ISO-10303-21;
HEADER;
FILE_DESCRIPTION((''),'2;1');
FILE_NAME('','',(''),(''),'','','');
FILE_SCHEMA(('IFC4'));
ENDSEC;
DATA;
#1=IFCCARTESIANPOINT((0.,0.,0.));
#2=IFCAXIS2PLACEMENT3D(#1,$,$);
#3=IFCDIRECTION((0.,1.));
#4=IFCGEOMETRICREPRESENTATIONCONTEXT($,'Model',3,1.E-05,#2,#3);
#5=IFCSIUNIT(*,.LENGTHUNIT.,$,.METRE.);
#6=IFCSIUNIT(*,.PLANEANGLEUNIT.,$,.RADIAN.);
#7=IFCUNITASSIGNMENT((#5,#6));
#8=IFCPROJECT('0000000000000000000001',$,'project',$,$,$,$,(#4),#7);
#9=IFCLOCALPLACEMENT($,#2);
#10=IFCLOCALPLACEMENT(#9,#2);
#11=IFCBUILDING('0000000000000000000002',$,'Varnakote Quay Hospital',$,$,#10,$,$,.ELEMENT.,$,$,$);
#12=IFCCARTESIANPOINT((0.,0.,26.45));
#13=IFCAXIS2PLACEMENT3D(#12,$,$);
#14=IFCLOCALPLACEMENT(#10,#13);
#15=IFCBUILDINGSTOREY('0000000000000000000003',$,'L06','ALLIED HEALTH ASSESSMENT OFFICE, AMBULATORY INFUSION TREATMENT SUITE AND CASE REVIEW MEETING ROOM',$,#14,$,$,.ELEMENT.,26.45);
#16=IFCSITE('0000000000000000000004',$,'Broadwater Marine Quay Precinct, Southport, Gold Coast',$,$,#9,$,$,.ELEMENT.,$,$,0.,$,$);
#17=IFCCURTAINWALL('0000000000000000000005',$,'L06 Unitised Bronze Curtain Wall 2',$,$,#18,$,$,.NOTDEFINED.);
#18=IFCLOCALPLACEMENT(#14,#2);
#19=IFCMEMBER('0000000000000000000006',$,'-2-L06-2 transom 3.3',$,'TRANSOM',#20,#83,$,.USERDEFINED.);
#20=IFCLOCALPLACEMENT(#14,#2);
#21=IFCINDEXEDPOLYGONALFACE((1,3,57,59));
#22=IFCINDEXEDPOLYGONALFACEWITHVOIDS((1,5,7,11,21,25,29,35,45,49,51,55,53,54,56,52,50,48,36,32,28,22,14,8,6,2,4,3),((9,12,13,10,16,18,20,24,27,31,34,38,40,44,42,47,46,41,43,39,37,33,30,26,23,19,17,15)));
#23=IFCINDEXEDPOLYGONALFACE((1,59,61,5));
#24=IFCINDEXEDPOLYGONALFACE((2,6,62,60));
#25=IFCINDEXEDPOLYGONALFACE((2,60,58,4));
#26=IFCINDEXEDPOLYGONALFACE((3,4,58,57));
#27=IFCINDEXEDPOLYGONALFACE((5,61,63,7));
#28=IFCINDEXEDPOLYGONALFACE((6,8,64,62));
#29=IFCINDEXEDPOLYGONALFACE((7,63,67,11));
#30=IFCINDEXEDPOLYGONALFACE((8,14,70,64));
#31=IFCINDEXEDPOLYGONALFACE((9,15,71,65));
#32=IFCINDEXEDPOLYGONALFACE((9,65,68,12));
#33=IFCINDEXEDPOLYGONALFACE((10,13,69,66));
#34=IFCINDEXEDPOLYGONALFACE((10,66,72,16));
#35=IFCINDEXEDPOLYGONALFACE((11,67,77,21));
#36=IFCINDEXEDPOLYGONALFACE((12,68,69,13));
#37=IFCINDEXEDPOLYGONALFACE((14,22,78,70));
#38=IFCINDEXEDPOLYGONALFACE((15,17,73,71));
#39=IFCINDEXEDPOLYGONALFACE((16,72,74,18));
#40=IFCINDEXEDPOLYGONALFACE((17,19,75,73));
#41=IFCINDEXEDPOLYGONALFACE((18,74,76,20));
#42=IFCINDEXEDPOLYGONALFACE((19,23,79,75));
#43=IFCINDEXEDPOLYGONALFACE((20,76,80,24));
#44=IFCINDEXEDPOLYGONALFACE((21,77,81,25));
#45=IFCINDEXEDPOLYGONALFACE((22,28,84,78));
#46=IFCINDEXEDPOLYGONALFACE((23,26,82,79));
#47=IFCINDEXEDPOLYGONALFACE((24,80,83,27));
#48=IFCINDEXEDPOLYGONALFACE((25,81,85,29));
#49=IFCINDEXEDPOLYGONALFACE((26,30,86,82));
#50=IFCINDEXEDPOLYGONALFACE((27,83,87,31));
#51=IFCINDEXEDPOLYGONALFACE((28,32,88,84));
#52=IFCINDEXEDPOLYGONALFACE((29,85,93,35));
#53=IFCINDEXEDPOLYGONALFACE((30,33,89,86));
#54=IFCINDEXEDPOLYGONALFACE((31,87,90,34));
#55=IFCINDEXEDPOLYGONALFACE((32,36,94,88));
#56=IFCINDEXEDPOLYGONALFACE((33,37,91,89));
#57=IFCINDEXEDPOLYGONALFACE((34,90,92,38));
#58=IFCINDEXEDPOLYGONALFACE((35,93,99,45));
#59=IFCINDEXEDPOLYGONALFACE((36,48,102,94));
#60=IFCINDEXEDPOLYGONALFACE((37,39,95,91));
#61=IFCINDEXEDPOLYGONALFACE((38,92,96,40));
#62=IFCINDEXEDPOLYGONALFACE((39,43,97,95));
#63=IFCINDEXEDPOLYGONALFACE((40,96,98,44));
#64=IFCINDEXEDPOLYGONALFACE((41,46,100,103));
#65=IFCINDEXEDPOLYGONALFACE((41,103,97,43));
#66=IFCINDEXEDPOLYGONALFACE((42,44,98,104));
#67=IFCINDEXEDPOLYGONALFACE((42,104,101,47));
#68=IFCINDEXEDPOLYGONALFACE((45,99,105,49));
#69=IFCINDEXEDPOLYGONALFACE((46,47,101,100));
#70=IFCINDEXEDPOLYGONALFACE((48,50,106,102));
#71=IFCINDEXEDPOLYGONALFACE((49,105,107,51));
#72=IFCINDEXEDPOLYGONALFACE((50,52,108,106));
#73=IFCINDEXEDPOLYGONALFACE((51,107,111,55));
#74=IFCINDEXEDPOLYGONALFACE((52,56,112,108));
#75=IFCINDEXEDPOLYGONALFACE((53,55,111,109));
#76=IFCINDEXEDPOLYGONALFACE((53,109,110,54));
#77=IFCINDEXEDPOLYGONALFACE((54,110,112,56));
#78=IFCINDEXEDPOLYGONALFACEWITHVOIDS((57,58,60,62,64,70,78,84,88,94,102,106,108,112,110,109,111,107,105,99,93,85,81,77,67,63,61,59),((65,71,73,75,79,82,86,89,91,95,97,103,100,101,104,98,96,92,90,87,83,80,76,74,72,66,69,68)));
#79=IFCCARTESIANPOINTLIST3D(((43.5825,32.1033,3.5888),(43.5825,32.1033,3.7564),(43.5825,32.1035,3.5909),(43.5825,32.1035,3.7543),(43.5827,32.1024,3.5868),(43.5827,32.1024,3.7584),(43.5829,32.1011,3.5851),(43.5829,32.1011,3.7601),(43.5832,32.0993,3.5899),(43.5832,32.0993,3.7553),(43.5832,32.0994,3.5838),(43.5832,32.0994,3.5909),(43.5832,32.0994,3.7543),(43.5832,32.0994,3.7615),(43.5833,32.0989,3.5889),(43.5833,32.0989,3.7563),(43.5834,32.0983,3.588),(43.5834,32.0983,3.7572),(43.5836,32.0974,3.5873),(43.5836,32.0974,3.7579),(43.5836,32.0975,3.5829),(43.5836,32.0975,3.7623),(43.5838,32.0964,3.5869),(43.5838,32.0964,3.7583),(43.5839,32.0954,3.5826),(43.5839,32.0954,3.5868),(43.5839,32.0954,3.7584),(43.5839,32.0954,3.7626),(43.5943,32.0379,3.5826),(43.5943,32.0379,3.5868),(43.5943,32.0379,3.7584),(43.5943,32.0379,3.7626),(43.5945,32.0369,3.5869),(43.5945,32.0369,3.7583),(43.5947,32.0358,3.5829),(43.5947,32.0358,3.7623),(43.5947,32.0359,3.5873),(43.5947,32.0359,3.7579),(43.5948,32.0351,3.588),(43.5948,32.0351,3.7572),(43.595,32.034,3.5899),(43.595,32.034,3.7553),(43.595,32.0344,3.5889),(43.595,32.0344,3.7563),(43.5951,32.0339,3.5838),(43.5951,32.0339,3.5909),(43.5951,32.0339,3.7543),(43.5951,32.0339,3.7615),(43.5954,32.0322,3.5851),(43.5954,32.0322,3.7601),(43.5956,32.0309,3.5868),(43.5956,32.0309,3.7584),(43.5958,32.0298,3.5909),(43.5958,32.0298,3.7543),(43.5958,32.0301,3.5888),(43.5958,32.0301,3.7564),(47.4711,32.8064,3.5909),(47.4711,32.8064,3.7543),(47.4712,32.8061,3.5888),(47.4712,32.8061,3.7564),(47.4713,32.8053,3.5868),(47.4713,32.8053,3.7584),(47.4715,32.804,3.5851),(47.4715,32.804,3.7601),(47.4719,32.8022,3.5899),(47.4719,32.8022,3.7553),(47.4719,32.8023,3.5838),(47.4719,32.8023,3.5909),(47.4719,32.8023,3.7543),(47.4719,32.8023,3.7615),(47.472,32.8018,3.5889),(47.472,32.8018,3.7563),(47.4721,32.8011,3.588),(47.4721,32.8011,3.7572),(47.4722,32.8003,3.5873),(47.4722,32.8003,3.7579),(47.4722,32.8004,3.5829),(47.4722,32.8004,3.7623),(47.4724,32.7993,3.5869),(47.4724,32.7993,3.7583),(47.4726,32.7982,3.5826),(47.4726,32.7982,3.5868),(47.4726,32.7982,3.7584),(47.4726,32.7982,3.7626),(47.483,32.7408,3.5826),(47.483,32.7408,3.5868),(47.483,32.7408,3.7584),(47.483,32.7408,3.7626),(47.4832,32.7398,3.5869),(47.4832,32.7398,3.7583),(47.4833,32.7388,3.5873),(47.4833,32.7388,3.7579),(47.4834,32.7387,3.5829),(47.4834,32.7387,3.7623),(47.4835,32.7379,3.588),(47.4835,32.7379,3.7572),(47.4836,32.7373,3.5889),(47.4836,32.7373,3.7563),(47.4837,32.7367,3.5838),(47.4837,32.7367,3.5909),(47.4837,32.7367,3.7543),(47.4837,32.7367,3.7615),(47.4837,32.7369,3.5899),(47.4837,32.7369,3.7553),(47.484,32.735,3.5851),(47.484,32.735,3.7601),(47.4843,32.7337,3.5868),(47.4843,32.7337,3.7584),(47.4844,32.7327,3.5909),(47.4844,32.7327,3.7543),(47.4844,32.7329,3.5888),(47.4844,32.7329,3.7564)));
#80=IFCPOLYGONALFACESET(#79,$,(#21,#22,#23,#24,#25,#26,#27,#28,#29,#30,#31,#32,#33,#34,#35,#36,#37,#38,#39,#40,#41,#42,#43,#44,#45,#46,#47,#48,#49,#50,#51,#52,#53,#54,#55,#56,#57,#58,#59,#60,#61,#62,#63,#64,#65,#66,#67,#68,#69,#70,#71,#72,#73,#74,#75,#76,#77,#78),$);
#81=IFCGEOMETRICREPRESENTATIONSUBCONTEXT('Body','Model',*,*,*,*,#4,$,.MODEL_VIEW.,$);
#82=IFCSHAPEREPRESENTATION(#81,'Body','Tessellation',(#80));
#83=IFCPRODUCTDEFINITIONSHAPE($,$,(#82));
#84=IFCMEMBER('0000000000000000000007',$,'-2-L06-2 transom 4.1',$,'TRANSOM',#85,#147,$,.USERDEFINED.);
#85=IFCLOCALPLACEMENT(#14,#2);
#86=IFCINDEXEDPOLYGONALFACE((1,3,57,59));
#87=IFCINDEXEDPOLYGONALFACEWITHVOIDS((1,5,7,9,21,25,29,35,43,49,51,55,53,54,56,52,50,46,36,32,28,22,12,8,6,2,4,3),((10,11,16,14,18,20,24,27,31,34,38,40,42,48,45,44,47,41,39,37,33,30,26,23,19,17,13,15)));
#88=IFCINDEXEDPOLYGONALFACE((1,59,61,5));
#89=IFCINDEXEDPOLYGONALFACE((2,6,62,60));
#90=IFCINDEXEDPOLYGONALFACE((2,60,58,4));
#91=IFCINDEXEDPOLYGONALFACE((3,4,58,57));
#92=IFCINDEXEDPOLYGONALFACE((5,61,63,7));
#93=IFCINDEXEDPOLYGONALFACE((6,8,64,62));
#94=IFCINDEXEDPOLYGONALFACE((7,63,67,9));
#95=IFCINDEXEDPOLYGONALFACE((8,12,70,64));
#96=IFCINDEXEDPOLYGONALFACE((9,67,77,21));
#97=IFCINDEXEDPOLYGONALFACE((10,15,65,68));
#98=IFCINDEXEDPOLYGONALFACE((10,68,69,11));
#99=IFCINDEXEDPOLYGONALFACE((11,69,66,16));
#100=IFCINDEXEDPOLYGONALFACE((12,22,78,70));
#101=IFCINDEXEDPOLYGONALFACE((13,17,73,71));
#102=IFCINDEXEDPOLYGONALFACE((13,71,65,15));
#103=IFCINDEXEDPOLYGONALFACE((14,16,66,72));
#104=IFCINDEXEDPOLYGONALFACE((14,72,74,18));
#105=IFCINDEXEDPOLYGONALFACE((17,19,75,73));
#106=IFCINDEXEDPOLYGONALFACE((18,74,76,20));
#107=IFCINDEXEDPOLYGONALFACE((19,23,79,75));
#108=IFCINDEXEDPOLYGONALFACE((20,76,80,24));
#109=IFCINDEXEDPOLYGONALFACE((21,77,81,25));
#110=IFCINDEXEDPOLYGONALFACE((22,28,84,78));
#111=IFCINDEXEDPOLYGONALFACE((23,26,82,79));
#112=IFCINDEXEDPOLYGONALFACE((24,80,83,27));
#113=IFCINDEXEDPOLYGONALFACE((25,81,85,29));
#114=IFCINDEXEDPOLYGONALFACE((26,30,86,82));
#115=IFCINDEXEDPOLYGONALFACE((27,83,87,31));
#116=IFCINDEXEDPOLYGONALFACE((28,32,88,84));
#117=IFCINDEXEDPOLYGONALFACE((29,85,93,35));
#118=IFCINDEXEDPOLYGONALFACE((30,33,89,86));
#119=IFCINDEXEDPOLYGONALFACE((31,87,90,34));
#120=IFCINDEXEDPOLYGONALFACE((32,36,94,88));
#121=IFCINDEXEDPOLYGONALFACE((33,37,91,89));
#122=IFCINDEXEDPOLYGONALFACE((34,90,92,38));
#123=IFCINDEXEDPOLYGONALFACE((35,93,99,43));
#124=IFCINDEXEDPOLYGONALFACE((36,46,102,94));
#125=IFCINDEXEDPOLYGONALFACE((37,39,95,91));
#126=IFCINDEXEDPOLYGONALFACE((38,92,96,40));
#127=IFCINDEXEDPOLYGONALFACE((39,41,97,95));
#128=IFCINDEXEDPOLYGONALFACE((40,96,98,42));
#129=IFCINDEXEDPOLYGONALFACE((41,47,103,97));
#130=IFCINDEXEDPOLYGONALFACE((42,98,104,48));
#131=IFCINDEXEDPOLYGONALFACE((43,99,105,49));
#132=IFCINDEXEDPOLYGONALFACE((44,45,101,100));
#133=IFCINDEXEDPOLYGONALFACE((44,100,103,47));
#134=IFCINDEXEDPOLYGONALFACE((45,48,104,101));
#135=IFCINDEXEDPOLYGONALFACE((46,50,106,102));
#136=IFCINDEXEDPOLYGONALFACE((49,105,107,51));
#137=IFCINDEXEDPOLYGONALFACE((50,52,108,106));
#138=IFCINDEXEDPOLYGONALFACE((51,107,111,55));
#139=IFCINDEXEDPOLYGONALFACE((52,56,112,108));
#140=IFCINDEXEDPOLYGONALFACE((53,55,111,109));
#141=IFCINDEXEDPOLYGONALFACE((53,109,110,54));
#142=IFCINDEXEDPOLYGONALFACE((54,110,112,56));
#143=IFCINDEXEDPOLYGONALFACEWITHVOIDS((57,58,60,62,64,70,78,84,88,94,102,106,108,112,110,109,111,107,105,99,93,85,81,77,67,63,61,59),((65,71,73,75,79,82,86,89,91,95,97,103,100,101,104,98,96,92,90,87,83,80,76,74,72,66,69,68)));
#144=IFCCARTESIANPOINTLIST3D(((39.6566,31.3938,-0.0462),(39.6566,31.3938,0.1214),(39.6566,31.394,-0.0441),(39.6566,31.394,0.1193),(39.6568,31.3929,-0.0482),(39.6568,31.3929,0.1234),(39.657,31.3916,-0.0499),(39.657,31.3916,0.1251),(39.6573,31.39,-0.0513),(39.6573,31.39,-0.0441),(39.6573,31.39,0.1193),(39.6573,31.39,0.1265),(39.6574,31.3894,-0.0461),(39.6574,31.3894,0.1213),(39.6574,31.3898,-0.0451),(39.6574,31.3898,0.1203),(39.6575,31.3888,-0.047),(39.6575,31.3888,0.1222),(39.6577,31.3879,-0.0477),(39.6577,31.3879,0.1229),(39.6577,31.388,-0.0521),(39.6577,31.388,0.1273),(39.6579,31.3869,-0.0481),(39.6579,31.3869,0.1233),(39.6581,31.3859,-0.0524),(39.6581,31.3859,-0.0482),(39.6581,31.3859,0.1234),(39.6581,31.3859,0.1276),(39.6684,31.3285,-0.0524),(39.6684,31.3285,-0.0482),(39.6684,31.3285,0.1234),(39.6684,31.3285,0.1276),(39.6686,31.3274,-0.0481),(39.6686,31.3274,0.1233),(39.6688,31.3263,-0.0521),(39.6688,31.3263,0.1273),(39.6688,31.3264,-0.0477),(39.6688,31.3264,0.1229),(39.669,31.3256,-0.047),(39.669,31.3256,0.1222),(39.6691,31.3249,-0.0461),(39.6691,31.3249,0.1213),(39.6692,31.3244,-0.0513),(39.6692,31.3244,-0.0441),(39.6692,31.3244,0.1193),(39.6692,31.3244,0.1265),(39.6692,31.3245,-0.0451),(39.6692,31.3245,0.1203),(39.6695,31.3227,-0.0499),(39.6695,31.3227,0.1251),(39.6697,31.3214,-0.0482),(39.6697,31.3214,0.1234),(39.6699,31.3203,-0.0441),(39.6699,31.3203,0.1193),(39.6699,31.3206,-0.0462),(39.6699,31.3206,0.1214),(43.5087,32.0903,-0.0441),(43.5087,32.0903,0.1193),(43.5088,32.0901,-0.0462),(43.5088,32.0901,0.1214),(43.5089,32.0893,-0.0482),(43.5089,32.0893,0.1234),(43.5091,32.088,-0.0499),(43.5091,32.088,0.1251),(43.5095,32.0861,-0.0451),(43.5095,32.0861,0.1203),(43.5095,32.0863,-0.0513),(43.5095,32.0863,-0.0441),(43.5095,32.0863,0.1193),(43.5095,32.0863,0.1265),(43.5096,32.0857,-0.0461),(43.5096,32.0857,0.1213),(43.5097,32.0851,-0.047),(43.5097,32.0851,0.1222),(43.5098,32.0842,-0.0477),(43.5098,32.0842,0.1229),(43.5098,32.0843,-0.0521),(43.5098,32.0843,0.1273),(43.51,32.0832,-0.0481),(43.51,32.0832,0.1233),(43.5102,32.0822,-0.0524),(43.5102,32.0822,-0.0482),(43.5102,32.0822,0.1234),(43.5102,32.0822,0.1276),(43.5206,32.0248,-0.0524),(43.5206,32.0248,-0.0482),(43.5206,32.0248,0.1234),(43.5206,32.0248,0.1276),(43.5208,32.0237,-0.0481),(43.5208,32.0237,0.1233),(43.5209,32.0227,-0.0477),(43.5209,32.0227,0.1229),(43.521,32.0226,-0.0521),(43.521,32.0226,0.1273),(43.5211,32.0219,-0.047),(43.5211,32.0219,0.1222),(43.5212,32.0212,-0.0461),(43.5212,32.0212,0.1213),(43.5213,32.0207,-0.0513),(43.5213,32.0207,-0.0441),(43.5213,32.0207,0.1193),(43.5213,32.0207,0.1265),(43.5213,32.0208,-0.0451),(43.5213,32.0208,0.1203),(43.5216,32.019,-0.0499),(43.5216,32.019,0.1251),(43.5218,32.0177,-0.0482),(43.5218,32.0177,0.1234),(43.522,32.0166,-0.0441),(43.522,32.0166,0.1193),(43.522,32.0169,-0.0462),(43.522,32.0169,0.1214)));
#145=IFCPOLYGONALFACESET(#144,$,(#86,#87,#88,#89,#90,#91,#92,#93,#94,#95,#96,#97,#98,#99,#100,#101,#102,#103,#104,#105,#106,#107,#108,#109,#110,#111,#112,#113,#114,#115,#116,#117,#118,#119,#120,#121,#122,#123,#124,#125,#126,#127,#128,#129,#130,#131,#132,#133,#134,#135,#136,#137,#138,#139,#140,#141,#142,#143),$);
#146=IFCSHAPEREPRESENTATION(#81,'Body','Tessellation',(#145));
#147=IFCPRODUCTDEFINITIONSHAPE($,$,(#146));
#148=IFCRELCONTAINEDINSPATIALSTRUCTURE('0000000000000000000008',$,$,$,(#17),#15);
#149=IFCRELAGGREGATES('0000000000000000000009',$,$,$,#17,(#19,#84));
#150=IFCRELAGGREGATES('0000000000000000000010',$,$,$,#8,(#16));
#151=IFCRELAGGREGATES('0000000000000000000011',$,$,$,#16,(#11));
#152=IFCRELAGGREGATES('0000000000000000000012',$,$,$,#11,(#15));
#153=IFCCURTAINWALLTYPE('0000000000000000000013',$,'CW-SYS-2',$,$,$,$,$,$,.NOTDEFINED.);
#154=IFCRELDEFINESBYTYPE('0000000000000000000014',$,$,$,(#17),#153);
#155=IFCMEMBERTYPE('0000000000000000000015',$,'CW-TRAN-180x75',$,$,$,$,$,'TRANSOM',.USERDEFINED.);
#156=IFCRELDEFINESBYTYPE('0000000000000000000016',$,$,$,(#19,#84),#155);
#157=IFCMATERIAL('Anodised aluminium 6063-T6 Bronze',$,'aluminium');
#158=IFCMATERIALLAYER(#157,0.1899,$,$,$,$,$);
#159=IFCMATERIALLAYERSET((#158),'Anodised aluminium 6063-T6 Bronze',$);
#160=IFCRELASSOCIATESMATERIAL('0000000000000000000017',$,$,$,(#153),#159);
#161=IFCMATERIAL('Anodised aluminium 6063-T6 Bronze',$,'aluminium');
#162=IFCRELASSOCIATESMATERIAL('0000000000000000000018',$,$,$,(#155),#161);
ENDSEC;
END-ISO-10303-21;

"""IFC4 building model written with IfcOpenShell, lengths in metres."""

from ifc_helpers import new_model, si_unit, direction, frame, origin, origin_2d, place, context, subcontext, project, spatial, hollow_rectangle, extrude, material, layer, layer_set, material_profile, profile_set, type_object, element, aggregate, save


model = new_model("IFC4")

# Units and contexts
model_context = context("Model", 3, precision=1e-05, world=origin(), true_north=direction((0.0, 1.0)))
body_context = subcontext(model_context, "Body", "Model", "MODEL_VIEW")
ifc_project = project(units=[si_unit("LENGTHUNIT", "METRE"), si_unit("PLANEANGLEUNIT", "RADIAN")], contexts=[model_context])

# Site, building, storey
site_placement = place(None, origin())
site = spatial("IfcSite", under=ifc_project, at=site_placement, Name="Broadwater Marine Quay Precinct, Southport, Gold Coast", CompositionType="ELEMENT", RefElevation=0.0)
building_placement = place(site_placement, origin())
building = spatial("IfcBuilding", under=site, at=building_placement, Name="Varnakote Quay Hospital", CompositionType="ELEMENT")
storey_placement = place(building_placement, frame((0.0, 0.0, 26.45)))
storey = spatial("IfcBuildingStorey", under=building, at=storey_placement, Name="L06", Description="ALLIED HEALTH ASSESSMENT OFFICE, AMBULATORY INFUSION TREATMENT SUITE AND CASE REVIEW MEETING ROOM", CompositionType="ELEMENT", Elevation=26.45)

# Curtain wall, members
ifc_material_1 = material(Name="Anodised aluminium 6063-T6 Bronze", Category="aluminium")
ifc_layer_1 = layer(ifc_material_1, 0.1899)
ifc_layer_set_1 = layer_set([ifc_layer_1], Name="Anodised aluminium 6063-T6 Bronze")
curtain_wall_type = type_object("IfcCurtainWallType", Name="CW-SYS-2", PredefinedType="NOTDEFINED", material=ifc_layer_set_1)
curtain_wall_placement = place(storey_placement, origin())
curtain_wall = element("IfcCurtainWall", 1, at=curtain_wall_placement, inside=storey, type_object=curtain_wall_type, Name="L06 Unitised Bronze Curtain Wall 2", PredefinedType="NOTDEFINED")
ifc_material_2 = material(Name="Anodised aluminium 6063-T6 Bronze", Category="aluminium")
ifc_material_profile_1 = material_profile(ifc_material_2, hollow_rectangle(XDim=0.075, YDim=0.1799, WallThickness=0.0042, InnerFilletRadius=0.0042, OuterFilletRadius=0.0083, at=origin_2d()), Name="CW-TRAN-180x75")
ifc_profile_set_1 = profile_set([ifc_material_profile_1], Name="Anodised aluminium 6063-T6 Bronze")
member_type_1 = type_object("IfcMemberType", Name="CW-TRAN-180x75", ElementType="TRANSOM", PredefinedType="USERDEFINED", material=ifc_profile_set_1)
member_1_placement = place(storey_placement, frame((47.4778, 32.7695, 3.6726), z_axis=(-0.984054, -0.177869, 0.0), x_axis=(0.177869, -0.984054, 0.0)))
member_1 = element("IfcMember", 2, at=member_1_placement, type_object=member_type_1, Name="-2-L06-2 transom 3.3", ObjectType="TRANSOM", PredefinedType="USERDEFINED", context=body_context, shape_type="SweptSolid", body=[
    extrude(hollow_rectangle(XDim=0.075, YDim=0.1799, WallThickness=0.0042, InnerFilletRadius=0.0042, OuterFilletRadius=0.0083, at=origin_2d()), origin(), (0.0, 0.0, 1.0), 3.9517),
])
member_2_placement = place(storey_placement, frame((43.5154, 32.0535, 0.0376), z_axis=(-0.984053, -0.177875, 0.0), x_axis=(0.177875, -0.984053, 0.0)))
member_2 = element("IfcMember", 3, at=member_2_placement, type_object=member_type_1, Name="-2-L06-2 transom 4.1", ObjectType="TRANSOM", PredefinedType="USERDEFINED", context=body_context, shape_type="SweptSolid", body=[
    extrude(hollow_rectangle(XDim=0.075, YDim=0.1799, WallThickness=0.0042, InnerFilletRadius=0.0042, OuterFilletRadius=0.0083, at=origin_2d()), origin(), (0.0, 0.0, 1.0), 3.9146),
])
aggregate(curtain_wall, [member_1, member_2])

save(model, "model.ifc")
